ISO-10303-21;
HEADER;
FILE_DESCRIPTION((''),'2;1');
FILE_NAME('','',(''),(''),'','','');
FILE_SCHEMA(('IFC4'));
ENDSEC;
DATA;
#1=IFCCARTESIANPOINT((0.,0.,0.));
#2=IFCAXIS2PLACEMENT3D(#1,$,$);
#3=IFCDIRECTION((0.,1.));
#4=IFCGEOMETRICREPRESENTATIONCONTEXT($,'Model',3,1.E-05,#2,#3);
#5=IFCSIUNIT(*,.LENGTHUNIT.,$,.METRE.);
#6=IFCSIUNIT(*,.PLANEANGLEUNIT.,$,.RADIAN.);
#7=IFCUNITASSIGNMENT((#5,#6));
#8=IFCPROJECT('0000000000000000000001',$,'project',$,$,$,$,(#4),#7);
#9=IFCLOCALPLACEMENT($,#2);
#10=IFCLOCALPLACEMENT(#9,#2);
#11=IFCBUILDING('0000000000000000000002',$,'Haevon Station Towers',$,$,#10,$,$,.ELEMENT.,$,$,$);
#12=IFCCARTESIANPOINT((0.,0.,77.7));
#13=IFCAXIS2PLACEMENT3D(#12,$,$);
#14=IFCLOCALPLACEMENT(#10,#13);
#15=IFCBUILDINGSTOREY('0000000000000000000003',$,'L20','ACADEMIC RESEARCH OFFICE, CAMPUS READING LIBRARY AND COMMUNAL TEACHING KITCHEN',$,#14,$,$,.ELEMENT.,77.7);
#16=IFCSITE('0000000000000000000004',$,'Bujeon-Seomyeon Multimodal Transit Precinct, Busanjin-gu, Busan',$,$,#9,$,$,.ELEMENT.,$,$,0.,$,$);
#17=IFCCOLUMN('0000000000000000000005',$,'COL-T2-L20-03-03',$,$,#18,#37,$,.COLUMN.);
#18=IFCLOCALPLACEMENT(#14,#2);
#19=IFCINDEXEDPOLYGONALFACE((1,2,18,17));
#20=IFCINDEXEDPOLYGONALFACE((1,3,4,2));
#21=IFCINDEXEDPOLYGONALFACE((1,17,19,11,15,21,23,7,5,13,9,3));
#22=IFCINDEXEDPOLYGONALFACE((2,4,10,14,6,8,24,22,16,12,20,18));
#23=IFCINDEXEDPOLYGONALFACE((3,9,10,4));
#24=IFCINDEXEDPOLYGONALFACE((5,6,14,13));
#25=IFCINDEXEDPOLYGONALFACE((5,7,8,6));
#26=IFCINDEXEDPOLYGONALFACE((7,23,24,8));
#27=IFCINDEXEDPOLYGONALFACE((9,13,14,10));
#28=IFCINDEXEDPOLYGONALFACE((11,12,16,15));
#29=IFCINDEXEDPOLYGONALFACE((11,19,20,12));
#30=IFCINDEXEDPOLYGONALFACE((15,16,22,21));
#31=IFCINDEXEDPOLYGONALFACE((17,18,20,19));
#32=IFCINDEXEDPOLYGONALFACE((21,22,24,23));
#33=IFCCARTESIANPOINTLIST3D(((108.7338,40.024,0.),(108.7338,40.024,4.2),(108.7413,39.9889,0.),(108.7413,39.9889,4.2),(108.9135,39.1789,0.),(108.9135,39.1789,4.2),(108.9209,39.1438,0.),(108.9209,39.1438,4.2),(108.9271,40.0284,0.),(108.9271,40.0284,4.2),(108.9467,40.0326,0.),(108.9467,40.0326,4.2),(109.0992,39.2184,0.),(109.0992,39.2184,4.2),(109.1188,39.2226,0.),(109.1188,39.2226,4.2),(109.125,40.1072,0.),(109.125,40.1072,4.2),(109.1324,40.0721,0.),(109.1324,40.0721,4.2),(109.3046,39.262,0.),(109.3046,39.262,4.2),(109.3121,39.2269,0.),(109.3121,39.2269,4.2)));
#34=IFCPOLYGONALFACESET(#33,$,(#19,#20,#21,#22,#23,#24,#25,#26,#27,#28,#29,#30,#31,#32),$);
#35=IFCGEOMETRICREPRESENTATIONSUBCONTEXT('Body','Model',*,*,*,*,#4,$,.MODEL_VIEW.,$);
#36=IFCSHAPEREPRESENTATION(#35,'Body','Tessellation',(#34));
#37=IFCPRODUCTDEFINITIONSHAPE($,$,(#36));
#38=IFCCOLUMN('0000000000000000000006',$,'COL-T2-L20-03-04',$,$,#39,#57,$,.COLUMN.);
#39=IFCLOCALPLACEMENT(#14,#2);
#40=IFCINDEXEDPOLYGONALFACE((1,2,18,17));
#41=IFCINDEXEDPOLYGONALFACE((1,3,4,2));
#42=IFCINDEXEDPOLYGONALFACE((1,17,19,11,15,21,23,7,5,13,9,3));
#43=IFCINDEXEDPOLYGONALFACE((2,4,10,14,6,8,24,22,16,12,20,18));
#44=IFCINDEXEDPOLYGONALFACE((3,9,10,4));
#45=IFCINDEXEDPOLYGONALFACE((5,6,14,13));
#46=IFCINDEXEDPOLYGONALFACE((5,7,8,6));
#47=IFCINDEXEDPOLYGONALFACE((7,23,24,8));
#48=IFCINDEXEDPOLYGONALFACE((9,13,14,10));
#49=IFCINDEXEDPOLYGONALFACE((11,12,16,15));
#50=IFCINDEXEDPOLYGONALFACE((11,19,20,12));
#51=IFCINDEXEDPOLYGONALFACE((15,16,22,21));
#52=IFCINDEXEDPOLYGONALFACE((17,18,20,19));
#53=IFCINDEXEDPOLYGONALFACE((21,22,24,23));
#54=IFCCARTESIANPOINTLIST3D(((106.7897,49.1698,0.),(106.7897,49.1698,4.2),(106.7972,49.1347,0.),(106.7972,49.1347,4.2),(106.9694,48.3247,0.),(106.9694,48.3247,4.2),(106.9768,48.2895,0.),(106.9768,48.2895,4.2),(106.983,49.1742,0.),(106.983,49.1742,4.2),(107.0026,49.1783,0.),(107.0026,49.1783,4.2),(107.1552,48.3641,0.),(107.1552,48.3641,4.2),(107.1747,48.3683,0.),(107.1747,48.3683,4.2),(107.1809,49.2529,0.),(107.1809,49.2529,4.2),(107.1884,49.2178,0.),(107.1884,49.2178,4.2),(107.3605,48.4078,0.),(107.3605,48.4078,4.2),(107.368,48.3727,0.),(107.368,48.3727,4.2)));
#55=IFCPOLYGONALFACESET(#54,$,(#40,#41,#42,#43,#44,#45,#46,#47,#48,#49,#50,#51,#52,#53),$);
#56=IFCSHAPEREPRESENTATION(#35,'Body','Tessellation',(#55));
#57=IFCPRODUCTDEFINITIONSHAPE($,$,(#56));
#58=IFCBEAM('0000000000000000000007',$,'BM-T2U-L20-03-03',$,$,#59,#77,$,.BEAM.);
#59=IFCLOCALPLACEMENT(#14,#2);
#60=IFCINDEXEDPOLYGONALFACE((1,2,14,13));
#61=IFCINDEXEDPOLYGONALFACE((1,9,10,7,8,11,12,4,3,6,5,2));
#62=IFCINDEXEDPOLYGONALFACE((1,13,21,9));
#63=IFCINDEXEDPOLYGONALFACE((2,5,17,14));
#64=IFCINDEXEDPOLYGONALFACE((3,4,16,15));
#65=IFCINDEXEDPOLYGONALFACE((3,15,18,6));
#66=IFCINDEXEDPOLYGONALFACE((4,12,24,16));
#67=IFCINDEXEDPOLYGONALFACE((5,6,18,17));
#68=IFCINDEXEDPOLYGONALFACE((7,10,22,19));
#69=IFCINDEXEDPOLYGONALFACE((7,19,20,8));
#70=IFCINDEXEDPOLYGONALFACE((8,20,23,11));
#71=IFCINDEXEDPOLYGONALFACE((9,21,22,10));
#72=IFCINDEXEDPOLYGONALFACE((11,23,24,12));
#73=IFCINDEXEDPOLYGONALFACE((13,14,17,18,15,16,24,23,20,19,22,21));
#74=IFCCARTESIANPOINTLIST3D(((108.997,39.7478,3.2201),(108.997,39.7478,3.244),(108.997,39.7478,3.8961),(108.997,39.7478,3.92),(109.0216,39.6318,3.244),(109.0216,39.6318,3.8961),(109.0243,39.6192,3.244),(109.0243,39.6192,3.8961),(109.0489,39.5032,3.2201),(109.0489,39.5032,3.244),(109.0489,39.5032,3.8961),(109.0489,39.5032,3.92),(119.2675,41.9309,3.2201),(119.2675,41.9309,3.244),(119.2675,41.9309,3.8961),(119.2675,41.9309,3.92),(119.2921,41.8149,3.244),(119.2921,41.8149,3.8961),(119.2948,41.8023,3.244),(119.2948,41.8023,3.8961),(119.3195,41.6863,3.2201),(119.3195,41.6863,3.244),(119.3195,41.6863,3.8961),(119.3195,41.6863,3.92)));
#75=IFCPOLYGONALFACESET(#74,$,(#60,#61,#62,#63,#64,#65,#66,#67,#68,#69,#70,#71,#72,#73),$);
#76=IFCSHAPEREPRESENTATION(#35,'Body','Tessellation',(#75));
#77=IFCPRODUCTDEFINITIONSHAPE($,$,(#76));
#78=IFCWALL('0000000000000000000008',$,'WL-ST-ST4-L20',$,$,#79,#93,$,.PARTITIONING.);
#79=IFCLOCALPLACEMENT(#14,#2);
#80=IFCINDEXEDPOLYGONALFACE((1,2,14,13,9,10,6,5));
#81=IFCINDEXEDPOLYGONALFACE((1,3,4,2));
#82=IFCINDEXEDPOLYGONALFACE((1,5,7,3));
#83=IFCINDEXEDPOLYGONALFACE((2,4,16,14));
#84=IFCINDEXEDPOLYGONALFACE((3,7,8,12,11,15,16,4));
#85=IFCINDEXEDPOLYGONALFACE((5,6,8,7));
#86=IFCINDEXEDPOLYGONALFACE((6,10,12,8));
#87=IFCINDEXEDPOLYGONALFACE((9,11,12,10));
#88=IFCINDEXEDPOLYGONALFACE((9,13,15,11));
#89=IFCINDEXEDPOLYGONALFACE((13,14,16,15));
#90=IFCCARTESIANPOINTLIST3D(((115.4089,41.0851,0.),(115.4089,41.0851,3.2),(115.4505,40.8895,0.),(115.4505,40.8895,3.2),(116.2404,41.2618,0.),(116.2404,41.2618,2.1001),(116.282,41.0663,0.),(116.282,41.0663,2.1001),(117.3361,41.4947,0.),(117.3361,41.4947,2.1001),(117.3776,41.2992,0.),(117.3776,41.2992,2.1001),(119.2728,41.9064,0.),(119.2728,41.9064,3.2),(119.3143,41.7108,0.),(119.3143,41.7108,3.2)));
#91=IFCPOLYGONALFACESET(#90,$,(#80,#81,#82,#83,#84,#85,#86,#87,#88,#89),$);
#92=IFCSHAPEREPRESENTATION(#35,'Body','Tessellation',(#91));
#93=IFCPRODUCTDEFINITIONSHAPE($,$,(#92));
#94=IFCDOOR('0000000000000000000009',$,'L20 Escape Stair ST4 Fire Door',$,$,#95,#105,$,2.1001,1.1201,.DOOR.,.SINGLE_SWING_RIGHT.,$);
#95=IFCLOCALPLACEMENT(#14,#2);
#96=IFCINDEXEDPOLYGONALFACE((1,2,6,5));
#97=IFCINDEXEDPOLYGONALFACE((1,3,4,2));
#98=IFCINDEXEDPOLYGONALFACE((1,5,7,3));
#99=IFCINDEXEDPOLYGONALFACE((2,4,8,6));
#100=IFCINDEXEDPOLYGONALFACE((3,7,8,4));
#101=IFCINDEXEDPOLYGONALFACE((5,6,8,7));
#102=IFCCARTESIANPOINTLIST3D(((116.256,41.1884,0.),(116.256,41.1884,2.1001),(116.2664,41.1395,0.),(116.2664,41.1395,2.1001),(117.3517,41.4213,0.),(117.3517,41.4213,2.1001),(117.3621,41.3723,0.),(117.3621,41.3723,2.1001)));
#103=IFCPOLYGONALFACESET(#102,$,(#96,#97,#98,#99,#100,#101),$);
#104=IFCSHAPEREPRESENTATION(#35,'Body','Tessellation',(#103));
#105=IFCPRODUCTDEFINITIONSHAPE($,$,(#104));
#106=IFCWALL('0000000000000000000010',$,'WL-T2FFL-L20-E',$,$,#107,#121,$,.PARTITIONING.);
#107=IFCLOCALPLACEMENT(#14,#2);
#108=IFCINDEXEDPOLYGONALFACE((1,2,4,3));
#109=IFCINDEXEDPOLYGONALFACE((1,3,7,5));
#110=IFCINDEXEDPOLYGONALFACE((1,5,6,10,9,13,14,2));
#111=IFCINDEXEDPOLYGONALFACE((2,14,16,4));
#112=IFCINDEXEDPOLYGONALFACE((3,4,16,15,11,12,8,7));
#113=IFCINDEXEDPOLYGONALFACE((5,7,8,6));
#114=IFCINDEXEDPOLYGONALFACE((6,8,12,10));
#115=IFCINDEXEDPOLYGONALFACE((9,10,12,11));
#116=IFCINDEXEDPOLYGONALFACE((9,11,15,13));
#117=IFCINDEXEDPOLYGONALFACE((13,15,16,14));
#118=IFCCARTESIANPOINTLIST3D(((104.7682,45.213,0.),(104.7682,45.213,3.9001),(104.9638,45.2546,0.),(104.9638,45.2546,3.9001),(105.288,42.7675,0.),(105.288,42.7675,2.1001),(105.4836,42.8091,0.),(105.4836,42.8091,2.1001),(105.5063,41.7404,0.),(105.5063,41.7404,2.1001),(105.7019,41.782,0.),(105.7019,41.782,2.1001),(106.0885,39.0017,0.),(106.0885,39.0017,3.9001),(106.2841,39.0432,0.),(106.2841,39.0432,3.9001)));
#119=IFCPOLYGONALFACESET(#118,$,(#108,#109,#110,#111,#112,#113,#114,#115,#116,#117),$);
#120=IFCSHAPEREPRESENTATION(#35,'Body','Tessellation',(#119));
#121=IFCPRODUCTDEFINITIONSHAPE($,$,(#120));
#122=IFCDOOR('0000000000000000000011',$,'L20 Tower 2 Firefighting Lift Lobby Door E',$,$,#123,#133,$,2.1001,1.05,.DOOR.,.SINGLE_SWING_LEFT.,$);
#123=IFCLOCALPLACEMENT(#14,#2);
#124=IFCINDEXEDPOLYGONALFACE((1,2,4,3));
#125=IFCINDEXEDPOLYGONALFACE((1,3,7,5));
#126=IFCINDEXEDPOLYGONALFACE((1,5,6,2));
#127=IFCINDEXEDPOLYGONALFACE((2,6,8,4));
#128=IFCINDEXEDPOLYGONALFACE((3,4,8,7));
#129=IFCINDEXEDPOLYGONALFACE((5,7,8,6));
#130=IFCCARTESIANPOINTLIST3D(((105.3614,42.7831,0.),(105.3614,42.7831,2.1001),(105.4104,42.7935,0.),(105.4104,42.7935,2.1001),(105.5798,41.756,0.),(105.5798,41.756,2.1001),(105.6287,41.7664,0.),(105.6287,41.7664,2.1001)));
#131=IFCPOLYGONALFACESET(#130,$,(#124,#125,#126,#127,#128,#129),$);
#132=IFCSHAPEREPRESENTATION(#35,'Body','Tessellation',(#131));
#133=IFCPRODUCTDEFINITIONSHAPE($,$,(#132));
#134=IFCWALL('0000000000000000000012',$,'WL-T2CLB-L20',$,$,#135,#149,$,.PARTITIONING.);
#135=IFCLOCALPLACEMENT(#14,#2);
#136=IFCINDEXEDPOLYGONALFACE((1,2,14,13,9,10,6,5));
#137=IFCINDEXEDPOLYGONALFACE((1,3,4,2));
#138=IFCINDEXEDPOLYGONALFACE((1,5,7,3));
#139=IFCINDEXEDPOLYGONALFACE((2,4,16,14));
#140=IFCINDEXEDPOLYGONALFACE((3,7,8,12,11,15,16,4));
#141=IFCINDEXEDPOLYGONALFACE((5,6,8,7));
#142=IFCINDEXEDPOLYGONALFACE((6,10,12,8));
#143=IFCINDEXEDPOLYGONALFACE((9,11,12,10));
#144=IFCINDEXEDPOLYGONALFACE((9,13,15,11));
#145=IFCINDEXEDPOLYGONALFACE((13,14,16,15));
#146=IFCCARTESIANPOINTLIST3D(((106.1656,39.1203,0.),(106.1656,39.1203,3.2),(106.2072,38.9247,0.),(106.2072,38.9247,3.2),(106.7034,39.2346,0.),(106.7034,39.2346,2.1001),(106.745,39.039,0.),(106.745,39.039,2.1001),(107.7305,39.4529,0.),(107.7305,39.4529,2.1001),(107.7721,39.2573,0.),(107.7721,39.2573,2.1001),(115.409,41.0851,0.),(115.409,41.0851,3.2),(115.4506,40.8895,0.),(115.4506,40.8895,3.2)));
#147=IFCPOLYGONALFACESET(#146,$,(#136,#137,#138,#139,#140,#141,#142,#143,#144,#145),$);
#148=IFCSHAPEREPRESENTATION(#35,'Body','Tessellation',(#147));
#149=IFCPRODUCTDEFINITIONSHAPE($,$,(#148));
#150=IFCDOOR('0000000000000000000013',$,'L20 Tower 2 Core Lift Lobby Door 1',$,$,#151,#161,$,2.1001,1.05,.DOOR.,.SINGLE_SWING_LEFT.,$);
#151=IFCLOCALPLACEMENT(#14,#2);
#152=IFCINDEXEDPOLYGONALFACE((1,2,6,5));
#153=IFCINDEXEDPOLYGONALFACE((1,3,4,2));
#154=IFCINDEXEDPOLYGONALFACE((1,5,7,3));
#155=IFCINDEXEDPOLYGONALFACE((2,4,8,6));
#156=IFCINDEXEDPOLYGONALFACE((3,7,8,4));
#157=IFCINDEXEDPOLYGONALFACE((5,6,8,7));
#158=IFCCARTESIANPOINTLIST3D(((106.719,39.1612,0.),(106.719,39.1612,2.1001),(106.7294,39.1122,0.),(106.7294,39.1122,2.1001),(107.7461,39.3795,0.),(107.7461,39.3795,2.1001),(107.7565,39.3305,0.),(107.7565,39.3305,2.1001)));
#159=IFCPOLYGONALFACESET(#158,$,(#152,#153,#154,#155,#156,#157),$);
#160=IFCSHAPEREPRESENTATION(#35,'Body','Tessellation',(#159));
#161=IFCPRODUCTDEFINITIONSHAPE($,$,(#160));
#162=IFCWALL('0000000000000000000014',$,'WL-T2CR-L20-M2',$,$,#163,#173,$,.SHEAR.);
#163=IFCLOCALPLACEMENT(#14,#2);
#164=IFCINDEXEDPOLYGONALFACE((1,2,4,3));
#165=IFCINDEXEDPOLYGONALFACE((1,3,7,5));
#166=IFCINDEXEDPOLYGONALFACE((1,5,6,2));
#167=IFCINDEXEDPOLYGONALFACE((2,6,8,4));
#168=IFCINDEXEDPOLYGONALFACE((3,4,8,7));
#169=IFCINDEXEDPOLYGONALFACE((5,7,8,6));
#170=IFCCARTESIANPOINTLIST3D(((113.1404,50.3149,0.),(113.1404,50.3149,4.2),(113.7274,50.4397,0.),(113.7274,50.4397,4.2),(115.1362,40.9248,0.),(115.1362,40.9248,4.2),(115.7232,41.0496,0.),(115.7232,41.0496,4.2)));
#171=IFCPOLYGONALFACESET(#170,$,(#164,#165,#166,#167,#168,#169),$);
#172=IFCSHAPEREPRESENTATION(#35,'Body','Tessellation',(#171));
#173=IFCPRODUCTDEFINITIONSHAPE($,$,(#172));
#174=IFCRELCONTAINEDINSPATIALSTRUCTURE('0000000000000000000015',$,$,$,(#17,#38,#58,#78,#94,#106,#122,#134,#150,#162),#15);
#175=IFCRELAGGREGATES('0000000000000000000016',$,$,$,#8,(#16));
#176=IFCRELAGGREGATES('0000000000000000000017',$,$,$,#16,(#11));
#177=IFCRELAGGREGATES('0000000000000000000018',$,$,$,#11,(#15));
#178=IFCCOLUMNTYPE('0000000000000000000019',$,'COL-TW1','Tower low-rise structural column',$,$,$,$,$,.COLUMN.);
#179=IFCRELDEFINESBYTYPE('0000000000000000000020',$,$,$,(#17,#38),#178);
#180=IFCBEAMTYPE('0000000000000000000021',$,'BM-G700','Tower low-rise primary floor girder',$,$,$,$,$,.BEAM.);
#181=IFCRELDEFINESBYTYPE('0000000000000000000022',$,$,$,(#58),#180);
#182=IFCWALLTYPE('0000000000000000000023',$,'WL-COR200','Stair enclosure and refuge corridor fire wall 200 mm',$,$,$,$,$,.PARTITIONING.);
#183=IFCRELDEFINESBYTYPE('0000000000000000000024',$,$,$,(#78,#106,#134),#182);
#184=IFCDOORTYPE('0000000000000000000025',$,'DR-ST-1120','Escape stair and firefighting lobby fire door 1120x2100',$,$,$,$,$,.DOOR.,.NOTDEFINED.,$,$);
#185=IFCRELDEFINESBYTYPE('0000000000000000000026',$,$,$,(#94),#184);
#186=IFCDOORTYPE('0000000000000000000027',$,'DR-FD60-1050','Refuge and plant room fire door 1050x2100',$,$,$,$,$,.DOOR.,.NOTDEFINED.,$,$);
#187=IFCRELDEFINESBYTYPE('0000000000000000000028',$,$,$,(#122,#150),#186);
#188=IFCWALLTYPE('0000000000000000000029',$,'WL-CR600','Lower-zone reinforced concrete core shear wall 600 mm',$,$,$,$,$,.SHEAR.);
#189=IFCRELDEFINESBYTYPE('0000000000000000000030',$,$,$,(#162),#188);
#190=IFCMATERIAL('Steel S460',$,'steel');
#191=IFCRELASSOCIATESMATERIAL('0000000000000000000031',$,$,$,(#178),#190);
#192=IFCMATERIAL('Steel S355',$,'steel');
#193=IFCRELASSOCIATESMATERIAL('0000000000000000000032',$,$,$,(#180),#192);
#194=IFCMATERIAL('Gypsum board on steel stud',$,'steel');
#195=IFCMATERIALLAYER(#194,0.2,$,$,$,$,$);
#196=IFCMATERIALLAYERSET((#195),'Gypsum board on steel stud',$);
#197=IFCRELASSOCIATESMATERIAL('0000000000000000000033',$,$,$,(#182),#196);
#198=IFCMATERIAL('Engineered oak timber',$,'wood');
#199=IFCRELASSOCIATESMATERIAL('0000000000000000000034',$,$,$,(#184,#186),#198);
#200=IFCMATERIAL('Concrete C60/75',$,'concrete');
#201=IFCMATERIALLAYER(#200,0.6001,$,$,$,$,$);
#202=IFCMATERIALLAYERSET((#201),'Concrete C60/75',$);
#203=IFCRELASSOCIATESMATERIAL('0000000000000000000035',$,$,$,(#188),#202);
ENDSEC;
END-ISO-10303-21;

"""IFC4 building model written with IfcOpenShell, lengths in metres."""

from ifc_helpers import new_model, si_unit, direction, frame, frame_2d, origin, origin_2d, place, context, subcontext, project, spatial, rectangle, i_section, extrude, material, layer, layer_set, material_profile, profile_set, type_object, element, fill, save


model = new_model("IFC4")

# Units and contexts
model_context = context("Model", 3, precision=1e-05, world=origin(), true_north=direction((0.0, 1.0)))
body_context = subcontext(model_context, "Body", "Model", "MODEL_VIEW")
ifc_project = project(units=[si_unit("LENGTHUNIT", "METRE"), si_unit("PLANEANGLEUNIT", "RADIAN")], contexts=[model_context])

# Site, building, storey
site_placement = place(None, origin())
site = spatial("IfcSite", under=ifc_project, at=site_placement, Name="Bujeon-Seomyeon Multimodal Transit Precinct, Busanjin-gu, Busan", CompositionType="ELEMENT", RefElevation=0.0)
building_placement = place(site_placement, origin())
building = spatial("IfcBuilding", under=site, at=building_placement, Name="Haevon Station Towers", CompositionType="ELEMENT")
storey_placement = place(building_placement, frame((0.0, 0.0, 77.7)))
storey = spatial("IfcBuildingStorey", under=building, at=storey_placement, Name="L20", Description="ACADEMIC RESEARCH OFFICE, CAMPUS READING LIBRARY AND COMMUNAL TEACHING KITCHEN", CompositionType="ELEMENT", Elevation=77.7)

# Columns
ifc_material_1 = material(Name="Steel S460", Category="steel")
ifc_material_profile_1 = material_profile(ifc_material_1, i_section(OverallWidth=0.3999, OverallDepth=0.8999, WebThickness=0.02, FlangeThickness=0.0359, at=origin_2d()), Name="H-900x400x20x36")
ifc_profile_set_1 = profile_set([ifc_material_profile_1], Name="Steel S460")
column_type = type_object("IfcColumnType", Name="COL-TW1", Description="Tower low-rise structural column", PredefinedType="COLUMN", material=ifc_profile_set_1)
for number, where, z_axis, x_axis, name in (
    (1, (109.0229, 39.6255, 0.0), (0.0, 0.0, 1.0), (0.978148, 0.207912, 0.0), "COL-T2-L20-03-03"),
    (2, (107.0789, 48.7712, 0.0), (0.0, 0.0, 1.0), (0.978148, 0.207912, 0.0), "COL-T2-L20-03-04"),
):
    element("IfcColumn", number, at=place(storey_placement, frame(where, z_axis=z_axis, x_axis=x_axis)), inside=storey, type_object=column_type, Name=name, PredefinedType="COLUMN", context=body_context, shape_type="SweptSolid", body=[
        extrude(i_section(OverallWidth=0.3999, OverallDepth=0.8999, WebThickness=0.02, FlangeThickness=0.0359, at=origin_2d()), origin(), (0.0, 0.0, 1.0), 4.2),
    ])

# Beam
ifc_material_2 = material(Name="Steel S355", Category="steel")
ifc_material_profile_2 = material_profile(ifc_material_2, i_section(OverallWidth=0.25, OverallDepth=0.7, WebThickness=0.0129, FlangeThickness=0.0239, at=origin_2d()), Name="H-700x250x13x24")
ifc_profile_set_2 = profile_set([ifc_material_profile_2], Name="Steel S355")
beam_type = type_object("IfcBeamType", Name="BM-G700", Description="Tower low-rise primary floor girder", PredefinedType="BEAM", material=ifc_profile_set_2)
beam_placement = place(storey_placement, frame((109.0229, 39.6255, 3.5701), z_axis=(0.978147, 0.207915, 0.0), x_axis=(-0.207915, 0.978147, 0.0)))
element("IfcBeam", 3, at=beam_placement, inside=storey, type_object=beam_type, Name="BM-T2U-L20-03-03", PredefinedType="BEAM", context=body_context, shape_type="SweptSolid", body=[
    extrude(i_section(OverallWidth=0.25, OverallDepth=0.7, WebThickness=0.0129, FlangeThickness=0.0239, at=origin_2d()), origin(), (0.0, 0.0, 1.0), 10.5),
])

# Walls, openings, doors
ifc_material_3 = material(Name="Gypsum board on steel stud", Category="steel")
ifc_layer_1 = layer(ifc_material_3, 0.2)
ifc_layer_set_1 = layer_set([ifc_layer_1], Name="Gypsum board on steel stud")
wall_type_1 = type_object("IfcWallType", Name="WL-COR200", Description="Stair enclosure and refuge corridor fire wall 200 mm", PredefinedType="PARTITIONING", material=ifc_layer_set_1)
wall_1_placement = place(storey_placement, frame((115.4297, 40.9873, 0.0), z_axis=(0.0, 0.0, 1.0), x_axis=(0.978147, 0.207916, 0.0)))
wall_1 = element("IfcWall", 4, at=wall_1_placement, inside=storey, type_object=wall_type_1, Name="WL-ST-ST4-L20", PredefinedType="PARTITIONING", context=body_context, shape_type="SweptSolid", body=[
    extrude(rectangle(XDim=3.9502, YDim=0.2, at=frame_2d((1.9751, 0.0))), origin(), (0.0, 0.0, 1.0), 3.2),
])
opening_1_placement = place(wall_1_placement, frame((0.8501, 0.0, 0.0)))
opening_1 = element("IfcOpeningElement", 5, at=opening_1_placement, cuts=wall_1, PredefinedType="OPENING", context=body_context, shape_type="SweptSolid", body=[
    extrude(rectangle(XDim=1.1201, YDim=2.1001, at=frame_2d((0.5601, 1.05))), frame((0.0, 0.1099, 0.0), z_axis=(0.0, -1.0, 0.0), x_axis=(1.0, 0.0, 0.0)), (0.0, 0.0, 1.0), 0.22),
])
ifc_material_4 = material(Name="Engineered oak timber", Category="wood")
door_type_1 = type_object("IfcDoorType", Name="DR-ST-1120", Description="Escape stair and firefighting lobby fire door 1120x2100", OperationType="NOTDEFINED", PredefinedType="DOOR", material=ifc_material_4)
door_1_placement = place(opening_1_placement, origin())
door_1 = element("IfcDoor", 6, at=door_1_placement, inside=storey, type_object=door_type_1, Name="L20 Escape Stair ST4 Fire Door", OperationType="SINGLE_SWING_RIGHT", OverallHeight=2.1001, OverallWidth=1.1201, PredefinedType="DOOR", context=body_context, shape_type="SweptSolid", body=[
    extrude(rectangle(XDim=1.1201, YDim=2.1001, at=frame_2d((0.5601, 1.05))), frame((0.0, 0.0249, 0.0), z_axis=(0.0, -1.0, 0.0), x_axis=(1.0, 0.0, 0.0)), (0.0, 0.0, 1.0), 0.05),
])
fill(opening_1, door_1)
wall_2_placement = place(storey_placement, frame((106.1863, 39.0225, 0.0), z_axis=(0.0, 0.0, 1.0), x_axis=(-0.207917, 0.978147, 0.0)))
wall_2 = element("IfcWall", 7, at=wall_2_placement, inside=storey, type_object=wall_type_1, Name="WL-T2FFL-L20-E", PredefinedType="PARTITIONING", context=body_context, shape_type="SweptSolid", body=[
    extrude(rectangle(XDim=6.3501, YDim=0.2, at=frame_2d((3.175, 0.0))), origin(), (0.0, 0.0, 1.0), 3.9001),
])
opening_2_placement = place(wall_2_placement, frame((2.8, 0.0, 0.0)))
opening_2 = element("IfcOpeningElement", 8, at=opening_2_placement, cuts=wall_2, PredefinedType="OPENING", context=body_context, shape_type="SweptSolid", body=[
    extrude(rectangle(XDim=1.05, YDim=2.1001, at=frame_2d((0.5249, 1.05))), frame((0.0, 0.1099, 0.0), z_axis=(0.0, -1.0, 0.0), x_axis=(1.0, 0.0, 0.0)), (0.0, 0.0, 1.0), 0.22),
])
door_type_2 = type_object("IfcDoorType", Name="DR-FD60-1050", Description="Refuge and plant room fire door 1050x2100", OperationType="NOTDEFINED", PredefinedType="DOOR", material=ifc_material_4)
door_2_placement = place(opening_2_placement, origin())
door_2 = element("IfcDoor", 9, at=door_2_placement, inside=storey, type_object=door_type_2, Name="L20 Tower 2 Firefighting Lift Lobby Door E", OperationType="SINGLE_SWING_LEFT", OverallHeight=2.1001, OverallWidth=1.05, PredefinedType="DOOR", context=body_context, shape_type="SweptSolid", body=[
    extrude(rectangle(XDim=1.05, YDim=2.1001, at=frame_2d((0.5249, 1.05))), frame((0.0, 0.0249, 0.0), z_axis=(0.0, -1.0, 0.0), x_axis=(1.0, 0.0, 0.0)), (0.0, 0.0, 1.0), 0.05),
])
fill(opening_2, door_2)
wall_3_placement = place(storey_placement, frame((106.1863, 39.0225, 0.0), z_axis=(0.0, 0.0, 1.0), x_axis=(0.978146, 0.207921, 0.0)))
wall_3 = element("IfcWall", 10, at=wall_3_placement, inside=storey, type_object=wall_type_1, Name="WL-T2CLB-L20", PredefinedType="PARTITIONING", context=body_context, shape_type="SweptSolid", body=[
    extrude(rectangle(XDim=9.45, YDim=0.2, at=frame_2d((4.7251, 0.0))), origin(), (0.0, 0.0, 1.0), 3.2),
])
opening_3_placement = place(wall_3_placement, frame((0.55, 0.0, 0.0)))
opening_3 = element("IfcOpeningElement", 11, at=opening_3_placement, cuts=wall_3, PredefinedType="OPENING", context=body_context, shape_type="SweptSolid", body=[
    extrude(rectangle(XDim=1.05, YDim=2.1001, at=frame_2d((0.5249, 1.05))), frame((0.0, 0.1099, 0.0), z_axis=(0.0, -1.0, 0.0), x_axis=(1.0, 0.0, 0.0)), (0.0, 0.0, 1.0), 0.22),
])
door_3_placement = place(opening_3_placement, origin())
door_3 = element("IfcDoor", 12, at=door_3_placement, inside=storey, type_object=door_type_2, Name="L20 Tower 2 Core Lift Lobby Door 1", OperationType="SINGLE_SWING_LEFT", OverallHeight=2.1001, OverallWidth=1.05, PredefinedType="DOOR", context=body_context, shape_type="SweptSolid", body=[
    extrude(rectangle(XDim=1.05, YDim=2.1001, at=frame_2d((0.5249, 1.05))), frame((0.0, 0.0249, 0.0), z_axis=(0.0, -1.0, 0.0), x_axis=(1.0, 0.0, 0.0)), (0.0, 0.0, 1.0), 0.05),
])
fill(opening_3, door_3)

# Wall
ifc_material_5 = material(Name="Concrete C60/75", Category="concrete")
ifc_layer_2 = layer(ifc_material_5, 0.6001)
ifc_layer_set_2 = layer_set([ifc_layer_2], Name="Concrete C60/75")
wall_type_2 = type_object("IfcWallType", Name="WL-CR600", Description="Lower-zone reinforced concrete core shear wall 600 mm", PredefinedType="SHEAR", material=ifc_layer_set_2)
wall_4_placement = place(storey_placement, frame((115.4297, 40.9873, 0.0), z_axis=(0.0, 0.0, 1.0), x_axis=(-0.207903, 0.978149, 0.0)))
element("IfcWall", 13, at=wall_4_placement, inside=storey, type_object=wall_type_2, Name="WL-T2CR-L20-M2", PredefinedType="SHEAR", context=body_context, shape_type="SweptSolid", body=[
    extrude(rectangle(XDim=9.5999, YDim=0.6001, at=frame_2d((4.7998, 0.0))), origin(), (0.0, 0.0, 1.0), 4.2),
])

save(model, "model.ifc")
